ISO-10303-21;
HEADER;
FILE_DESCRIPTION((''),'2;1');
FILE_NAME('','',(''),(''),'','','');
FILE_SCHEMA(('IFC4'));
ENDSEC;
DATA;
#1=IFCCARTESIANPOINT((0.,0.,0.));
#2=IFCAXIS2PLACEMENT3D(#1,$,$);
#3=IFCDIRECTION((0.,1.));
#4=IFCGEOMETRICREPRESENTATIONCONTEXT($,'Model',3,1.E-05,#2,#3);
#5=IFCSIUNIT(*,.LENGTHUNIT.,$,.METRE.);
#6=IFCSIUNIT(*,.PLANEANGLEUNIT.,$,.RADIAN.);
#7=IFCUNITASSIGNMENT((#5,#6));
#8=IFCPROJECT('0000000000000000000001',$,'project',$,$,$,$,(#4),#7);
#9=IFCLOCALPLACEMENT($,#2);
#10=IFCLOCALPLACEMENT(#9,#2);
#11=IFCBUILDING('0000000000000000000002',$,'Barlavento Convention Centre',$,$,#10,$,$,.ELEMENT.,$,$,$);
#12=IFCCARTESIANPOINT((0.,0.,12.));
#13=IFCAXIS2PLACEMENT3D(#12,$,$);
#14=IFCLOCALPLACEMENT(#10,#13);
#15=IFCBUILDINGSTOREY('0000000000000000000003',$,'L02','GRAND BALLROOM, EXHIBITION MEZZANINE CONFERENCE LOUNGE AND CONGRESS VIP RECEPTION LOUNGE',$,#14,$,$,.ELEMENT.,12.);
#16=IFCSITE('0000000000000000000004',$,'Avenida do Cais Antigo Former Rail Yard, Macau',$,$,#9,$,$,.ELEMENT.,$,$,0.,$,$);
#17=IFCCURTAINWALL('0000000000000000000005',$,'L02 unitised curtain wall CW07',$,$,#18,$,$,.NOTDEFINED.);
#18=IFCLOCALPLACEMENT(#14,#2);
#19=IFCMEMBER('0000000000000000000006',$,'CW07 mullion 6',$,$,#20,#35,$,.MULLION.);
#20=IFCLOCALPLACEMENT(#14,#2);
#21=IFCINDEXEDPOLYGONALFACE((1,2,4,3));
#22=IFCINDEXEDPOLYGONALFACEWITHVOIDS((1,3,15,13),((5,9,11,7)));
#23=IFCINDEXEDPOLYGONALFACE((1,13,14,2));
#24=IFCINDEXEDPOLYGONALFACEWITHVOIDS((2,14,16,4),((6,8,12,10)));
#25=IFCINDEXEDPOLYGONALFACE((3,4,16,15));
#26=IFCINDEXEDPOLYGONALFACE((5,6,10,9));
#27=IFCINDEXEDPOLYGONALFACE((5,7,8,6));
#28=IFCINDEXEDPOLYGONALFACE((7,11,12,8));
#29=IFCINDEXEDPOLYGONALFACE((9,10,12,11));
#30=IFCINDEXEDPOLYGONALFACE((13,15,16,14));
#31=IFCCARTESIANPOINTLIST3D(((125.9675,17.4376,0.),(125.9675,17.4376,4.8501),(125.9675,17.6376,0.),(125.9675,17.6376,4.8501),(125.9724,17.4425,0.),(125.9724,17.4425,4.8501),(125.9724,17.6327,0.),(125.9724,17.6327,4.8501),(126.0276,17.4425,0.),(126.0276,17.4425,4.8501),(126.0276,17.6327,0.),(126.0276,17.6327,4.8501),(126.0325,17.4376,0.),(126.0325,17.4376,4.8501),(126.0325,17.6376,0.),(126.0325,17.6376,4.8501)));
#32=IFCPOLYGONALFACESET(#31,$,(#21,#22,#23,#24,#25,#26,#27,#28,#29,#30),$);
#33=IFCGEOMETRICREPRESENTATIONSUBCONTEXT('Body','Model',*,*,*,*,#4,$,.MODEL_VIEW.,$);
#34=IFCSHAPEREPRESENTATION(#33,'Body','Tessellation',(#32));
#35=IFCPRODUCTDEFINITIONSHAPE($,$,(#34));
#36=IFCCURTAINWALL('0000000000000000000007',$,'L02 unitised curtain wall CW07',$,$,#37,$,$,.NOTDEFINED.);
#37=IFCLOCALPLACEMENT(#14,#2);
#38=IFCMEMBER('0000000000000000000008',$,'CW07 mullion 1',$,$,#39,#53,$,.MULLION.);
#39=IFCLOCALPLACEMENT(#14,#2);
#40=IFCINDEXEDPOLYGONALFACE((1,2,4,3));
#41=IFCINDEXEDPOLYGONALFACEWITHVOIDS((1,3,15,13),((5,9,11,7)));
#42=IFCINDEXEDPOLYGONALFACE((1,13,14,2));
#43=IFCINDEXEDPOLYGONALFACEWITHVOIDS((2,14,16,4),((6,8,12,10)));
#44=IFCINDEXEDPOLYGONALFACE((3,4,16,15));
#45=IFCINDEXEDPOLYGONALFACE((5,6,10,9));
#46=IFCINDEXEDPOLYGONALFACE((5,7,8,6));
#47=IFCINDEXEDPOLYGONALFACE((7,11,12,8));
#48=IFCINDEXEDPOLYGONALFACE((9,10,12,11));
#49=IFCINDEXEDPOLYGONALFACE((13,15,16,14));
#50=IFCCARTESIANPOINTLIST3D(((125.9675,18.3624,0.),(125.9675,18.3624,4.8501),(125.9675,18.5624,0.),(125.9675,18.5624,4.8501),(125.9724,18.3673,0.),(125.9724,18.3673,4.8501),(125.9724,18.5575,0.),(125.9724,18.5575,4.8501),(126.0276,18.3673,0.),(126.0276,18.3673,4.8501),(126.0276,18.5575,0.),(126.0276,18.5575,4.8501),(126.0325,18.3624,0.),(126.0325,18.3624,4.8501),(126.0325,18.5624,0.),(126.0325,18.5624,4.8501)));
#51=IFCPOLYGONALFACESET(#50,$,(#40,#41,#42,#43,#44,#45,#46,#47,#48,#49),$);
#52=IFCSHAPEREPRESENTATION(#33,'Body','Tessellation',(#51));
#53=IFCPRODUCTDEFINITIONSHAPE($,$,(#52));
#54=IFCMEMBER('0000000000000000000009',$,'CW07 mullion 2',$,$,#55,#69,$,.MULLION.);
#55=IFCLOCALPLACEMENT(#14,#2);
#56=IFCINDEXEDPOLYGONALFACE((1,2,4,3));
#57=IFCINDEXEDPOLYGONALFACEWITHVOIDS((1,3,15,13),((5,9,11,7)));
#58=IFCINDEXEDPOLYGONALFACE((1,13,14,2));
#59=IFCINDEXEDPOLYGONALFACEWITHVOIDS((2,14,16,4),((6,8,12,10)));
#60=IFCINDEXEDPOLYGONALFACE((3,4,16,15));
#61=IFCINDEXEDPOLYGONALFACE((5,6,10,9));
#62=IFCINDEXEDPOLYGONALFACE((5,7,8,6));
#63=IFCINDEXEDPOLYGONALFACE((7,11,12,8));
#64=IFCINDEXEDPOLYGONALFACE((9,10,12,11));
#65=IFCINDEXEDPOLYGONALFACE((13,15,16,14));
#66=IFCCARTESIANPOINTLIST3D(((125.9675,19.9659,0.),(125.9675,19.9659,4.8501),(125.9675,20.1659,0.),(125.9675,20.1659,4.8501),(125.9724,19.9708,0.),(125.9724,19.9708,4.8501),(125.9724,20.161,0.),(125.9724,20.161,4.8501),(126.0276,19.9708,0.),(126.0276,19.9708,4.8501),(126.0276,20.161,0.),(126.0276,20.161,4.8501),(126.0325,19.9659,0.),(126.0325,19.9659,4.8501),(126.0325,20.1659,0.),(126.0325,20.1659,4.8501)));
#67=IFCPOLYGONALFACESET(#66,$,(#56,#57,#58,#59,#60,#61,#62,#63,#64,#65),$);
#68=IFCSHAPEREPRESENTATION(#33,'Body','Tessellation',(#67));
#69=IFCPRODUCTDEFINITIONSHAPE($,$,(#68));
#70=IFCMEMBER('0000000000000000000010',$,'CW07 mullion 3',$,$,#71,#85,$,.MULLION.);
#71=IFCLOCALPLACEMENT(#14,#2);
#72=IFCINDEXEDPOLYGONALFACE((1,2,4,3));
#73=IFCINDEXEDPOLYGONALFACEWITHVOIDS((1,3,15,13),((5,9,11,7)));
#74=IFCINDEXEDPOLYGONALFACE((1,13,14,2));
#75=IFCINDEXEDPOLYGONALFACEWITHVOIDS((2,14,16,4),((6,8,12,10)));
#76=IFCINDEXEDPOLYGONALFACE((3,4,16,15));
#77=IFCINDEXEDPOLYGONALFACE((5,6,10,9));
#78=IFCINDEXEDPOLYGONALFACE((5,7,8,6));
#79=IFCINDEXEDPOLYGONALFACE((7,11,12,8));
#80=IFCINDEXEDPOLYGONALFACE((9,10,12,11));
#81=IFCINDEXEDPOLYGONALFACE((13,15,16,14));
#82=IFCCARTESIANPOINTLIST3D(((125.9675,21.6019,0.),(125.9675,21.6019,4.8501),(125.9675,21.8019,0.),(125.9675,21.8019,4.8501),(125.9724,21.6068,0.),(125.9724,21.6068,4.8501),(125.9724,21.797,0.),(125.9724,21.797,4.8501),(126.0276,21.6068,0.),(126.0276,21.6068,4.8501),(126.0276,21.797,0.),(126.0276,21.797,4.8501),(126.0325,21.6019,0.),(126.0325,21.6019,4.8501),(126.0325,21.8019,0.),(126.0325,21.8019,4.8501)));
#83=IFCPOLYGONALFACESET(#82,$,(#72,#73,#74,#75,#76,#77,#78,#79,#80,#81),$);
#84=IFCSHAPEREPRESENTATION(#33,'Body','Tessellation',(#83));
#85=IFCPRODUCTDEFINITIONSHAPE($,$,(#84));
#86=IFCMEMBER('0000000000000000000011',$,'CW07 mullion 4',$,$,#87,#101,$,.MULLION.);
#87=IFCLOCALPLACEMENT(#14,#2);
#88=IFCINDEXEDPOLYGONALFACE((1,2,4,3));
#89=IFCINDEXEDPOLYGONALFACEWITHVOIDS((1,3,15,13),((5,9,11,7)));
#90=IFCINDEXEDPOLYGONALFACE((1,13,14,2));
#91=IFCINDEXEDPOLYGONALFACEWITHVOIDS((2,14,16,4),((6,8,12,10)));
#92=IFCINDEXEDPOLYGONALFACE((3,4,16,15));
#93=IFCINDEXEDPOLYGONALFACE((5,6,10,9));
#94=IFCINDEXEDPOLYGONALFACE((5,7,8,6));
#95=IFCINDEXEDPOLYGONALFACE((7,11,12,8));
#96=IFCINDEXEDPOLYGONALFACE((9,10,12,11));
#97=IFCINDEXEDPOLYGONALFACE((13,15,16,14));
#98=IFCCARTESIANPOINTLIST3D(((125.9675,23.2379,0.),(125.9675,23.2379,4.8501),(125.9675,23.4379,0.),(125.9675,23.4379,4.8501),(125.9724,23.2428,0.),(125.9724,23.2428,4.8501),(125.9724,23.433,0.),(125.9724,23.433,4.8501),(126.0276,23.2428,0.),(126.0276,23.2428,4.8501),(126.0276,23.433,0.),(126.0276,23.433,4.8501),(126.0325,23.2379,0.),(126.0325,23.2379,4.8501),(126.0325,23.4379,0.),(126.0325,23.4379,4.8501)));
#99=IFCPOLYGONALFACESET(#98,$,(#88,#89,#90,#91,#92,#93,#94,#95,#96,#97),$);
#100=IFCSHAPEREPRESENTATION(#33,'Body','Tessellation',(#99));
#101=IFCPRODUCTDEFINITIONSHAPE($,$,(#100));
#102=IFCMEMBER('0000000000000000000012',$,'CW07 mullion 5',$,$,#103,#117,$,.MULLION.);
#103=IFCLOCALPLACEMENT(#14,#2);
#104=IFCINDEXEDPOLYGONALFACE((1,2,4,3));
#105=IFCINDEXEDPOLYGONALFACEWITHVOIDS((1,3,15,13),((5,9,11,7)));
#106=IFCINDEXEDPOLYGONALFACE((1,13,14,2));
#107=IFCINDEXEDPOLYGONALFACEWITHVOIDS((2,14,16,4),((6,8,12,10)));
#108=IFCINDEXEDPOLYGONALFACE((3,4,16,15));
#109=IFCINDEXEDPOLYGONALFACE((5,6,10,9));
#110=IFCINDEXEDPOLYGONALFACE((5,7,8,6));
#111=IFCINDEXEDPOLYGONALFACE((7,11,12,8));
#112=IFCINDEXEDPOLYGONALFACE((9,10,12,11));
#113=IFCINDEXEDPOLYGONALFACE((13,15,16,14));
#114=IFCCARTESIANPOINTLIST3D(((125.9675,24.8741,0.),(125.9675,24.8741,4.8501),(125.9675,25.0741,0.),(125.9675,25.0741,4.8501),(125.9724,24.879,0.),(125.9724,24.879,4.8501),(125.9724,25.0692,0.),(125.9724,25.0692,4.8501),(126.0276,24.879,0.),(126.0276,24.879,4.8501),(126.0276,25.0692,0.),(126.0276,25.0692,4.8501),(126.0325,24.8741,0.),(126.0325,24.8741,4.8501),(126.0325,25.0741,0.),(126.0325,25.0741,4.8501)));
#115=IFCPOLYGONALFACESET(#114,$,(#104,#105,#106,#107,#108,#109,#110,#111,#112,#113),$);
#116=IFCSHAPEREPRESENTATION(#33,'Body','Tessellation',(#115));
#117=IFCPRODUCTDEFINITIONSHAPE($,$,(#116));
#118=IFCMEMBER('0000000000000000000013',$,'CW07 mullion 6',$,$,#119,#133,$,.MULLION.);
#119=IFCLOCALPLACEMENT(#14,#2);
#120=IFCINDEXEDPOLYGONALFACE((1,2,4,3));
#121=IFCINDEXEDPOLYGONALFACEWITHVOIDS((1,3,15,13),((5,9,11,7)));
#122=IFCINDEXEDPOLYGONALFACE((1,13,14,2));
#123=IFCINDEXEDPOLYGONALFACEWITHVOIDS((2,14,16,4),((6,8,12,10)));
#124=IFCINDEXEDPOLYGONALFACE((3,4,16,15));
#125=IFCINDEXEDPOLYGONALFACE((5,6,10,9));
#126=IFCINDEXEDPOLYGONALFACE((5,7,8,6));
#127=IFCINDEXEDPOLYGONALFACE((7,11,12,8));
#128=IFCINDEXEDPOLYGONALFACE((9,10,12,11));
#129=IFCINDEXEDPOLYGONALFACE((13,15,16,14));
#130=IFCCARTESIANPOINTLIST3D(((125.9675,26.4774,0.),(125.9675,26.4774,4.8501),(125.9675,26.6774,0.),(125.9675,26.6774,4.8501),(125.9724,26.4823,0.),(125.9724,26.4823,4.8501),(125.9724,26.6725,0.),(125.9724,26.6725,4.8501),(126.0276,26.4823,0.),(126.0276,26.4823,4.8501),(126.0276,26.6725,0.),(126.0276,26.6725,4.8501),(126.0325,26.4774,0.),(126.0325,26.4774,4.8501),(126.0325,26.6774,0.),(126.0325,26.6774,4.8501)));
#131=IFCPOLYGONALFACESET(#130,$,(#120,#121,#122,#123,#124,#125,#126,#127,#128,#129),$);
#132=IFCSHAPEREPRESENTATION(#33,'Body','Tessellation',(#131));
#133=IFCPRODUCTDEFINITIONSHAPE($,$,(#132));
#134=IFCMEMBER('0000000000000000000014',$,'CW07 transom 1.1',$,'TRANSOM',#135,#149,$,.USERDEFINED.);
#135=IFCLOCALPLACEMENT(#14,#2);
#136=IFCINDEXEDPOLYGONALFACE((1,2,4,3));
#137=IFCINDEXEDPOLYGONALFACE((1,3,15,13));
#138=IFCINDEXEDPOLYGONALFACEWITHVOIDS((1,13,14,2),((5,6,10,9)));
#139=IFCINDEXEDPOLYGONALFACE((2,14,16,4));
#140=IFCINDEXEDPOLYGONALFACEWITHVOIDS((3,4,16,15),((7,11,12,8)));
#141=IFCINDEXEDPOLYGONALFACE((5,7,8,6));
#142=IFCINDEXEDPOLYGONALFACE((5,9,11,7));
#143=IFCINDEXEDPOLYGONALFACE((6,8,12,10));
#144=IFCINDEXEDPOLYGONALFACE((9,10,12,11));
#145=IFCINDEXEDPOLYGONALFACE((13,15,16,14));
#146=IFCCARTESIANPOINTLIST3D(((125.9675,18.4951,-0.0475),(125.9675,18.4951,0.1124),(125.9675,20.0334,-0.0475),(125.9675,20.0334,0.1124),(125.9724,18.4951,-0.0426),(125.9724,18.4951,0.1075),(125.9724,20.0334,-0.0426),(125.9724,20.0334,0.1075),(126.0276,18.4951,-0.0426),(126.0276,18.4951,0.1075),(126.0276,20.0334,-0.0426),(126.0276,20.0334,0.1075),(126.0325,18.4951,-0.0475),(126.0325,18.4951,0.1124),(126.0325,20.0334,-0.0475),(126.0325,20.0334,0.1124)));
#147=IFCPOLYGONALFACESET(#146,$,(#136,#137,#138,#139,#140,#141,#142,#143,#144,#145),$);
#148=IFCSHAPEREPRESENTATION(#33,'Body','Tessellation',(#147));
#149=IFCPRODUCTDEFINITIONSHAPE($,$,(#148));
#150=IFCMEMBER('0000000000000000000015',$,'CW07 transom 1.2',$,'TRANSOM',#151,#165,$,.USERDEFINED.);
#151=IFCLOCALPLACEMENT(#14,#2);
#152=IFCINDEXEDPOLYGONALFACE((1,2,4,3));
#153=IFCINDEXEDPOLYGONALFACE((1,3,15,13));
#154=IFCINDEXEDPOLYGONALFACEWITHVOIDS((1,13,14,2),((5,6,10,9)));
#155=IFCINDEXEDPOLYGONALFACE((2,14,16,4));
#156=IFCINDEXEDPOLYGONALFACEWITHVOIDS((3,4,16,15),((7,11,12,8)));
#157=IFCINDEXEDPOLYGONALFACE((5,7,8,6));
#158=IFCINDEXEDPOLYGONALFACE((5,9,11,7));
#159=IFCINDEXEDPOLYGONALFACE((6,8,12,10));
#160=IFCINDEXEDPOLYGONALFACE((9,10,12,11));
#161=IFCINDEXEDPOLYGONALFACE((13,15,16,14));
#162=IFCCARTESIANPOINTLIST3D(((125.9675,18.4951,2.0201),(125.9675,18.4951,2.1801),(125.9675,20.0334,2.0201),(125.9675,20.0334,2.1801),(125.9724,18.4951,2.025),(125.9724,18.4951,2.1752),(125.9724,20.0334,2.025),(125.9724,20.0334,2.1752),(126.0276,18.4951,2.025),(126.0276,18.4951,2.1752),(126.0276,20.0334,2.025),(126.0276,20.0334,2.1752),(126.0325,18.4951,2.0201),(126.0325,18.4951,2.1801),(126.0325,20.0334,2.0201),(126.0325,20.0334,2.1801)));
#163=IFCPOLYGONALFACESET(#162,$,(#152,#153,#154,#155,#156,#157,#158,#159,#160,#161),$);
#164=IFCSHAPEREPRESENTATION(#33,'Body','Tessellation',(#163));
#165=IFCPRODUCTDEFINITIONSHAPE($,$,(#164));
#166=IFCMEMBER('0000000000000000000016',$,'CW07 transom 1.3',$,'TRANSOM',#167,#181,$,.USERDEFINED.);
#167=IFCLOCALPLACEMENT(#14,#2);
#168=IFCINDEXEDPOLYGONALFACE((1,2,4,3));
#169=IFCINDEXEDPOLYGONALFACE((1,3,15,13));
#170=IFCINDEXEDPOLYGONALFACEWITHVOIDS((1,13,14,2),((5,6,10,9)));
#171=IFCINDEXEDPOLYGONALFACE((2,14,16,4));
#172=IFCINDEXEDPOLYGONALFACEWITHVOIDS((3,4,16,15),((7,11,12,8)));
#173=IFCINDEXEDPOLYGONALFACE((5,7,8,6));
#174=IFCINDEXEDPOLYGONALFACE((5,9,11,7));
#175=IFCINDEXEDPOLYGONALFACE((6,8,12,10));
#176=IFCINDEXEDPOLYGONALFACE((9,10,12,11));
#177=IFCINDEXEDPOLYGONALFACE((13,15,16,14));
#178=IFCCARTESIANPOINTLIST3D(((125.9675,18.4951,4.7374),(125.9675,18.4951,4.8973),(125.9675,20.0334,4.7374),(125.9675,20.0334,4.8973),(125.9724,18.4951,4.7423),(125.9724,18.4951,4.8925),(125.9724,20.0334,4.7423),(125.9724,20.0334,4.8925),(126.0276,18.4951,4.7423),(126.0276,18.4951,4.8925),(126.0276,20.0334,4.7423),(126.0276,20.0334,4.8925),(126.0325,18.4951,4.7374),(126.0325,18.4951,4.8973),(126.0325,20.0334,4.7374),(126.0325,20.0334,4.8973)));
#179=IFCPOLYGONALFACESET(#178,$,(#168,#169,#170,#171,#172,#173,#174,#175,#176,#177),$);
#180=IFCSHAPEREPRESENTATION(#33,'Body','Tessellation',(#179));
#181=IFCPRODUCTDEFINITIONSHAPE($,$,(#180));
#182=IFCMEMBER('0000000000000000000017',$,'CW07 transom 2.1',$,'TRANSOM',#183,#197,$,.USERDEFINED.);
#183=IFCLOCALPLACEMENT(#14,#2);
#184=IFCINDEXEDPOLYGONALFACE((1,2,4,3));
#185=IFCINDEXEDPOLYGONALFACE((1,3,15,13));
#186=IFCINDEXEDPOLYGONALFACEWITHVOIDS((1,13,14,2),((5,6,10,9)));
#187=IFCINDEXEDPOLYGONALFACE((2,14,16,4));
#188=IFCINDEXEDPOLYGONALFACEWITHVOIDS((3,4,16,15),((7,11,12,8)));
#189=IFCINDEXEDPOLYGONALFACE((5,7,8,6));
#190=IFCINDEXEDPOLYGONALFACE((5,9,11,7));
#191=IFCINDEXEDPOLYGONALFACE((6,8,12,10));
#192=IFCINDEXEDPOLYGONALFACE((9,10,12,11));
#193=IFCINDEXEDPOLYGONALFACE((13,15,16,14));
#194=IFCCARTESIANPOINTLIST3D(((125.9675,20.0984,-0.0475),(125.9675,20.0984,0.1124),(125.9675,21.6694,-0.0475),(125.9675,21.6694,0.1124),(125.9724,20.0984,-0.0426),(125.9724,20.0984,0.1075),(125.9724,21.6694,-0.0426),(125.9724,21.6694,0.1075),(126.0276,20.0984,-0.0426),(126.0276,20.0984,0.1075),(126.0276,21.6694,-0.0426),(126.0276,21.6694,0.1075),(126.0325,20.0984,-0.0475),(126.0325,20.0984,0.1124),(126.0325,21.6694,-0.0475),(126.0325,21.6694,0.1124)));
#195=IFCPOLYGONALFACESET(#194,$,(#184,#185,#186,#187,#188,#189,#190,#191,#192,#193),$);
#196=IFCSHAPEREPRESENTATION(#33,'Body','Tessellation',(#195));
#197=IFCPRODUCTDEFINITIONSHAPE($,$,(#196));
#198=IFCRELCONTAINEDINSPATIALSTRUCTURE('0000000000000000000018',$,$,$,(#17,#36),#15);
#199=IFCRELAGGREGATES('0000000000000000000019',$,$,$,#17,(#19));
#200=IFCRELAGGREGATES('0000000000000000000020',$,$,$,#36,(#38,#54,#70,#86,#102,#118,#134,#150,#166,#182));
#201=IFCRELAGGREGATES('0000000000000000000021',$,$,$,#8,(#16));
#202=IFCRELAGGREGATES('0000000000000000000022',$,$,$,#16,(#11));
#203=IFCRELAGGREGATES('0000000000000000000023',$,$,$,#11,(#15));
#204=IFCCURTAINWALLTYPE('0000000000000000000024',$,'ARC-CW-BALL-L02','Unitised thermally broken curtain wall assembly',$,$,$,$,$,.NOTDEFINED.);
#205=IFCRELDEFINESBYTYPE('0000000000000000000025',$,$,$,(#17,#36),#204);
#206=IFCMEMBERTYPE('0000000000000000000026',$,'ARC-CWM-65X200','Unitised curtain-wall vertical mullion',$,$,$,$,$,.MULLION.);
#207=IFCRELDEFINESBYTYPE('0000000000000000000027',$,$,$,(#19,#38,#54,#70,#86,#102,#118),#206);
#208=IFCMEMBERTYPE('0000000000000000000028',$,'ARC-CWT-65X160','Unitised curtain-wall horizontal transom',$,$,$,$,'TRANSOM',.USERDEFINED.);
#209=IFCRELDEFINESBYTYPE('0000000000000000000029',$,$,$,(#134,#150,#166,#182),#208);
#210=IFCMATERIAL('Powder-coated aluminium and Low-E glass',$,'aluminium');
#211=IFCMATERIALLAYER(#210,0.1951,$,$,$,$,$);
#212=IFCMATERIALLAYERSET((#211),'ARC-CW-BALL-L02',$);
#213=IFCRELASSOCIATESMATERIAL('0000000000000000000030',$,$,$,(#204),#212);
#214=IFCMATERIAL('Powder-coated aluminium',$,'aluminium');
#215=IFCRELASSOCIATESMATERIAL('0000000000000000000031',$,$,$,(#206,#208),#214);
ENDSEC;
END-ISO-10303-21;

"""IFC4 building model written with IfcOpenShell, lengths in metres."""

from ifc_helpers import new_model, si_unit, direction, frame, origin, origin_2d, place, context, subcontext, project, spatial, hollow_rectangle, extrude, material, layer, layer_set, material_profile, profile_set, type_object, element, aggregate, save


model = new_model("IFC4")

# Units and contexts
model_context = context("Model", 3, precision=1e-05, world=origin(), true_north=direction((0.0, 1.0)))
body_context = subcontext(model_context, "Body", "Model", "MODEL_VIEW")
ifc_project = project(units=[si_unit("LENGTHUNIT", "METRE"), si_unit("PLANEANGLEUNIT", "RADIAN")], contexts=[model_context])

# Site, building, storey
site_placement = place(None, origin())
site = spatial("IfcSite", under=ifc_project, at=site_placement, Name="Avenida do Cais Antigo Former Rail Yard, Macau", CompositionType="ELEMENT", RefElevation=0.0)
building_placement = place(site_placement, origin())
building = spatial("IfcBuilding", under=site, at=building_placement, Name="Barlavento Convention Centre", CompositionType="ELEMENT")
storey_placement = place(building_placement, frame((0.0, 0.0, 12.0)))
storey = spatial("IfcBuildingStorey", under=building, at=storey_placement, Name="L02", Description="GRAND BALLROOM, EXHIBITION MEZZANINE CONFERENCE LOUNGE AND CONGRESS VIP RECEPTION LOUNGE", CompositionType="ELEMENT", Elevation=12.0)

# Curtain wall, member
ifc_material_1 = material(Name="Powder-coated aluminium and Low-E glass", Category="aluminium")
ifc_layer_1 = layer(ifc_material_1, 0.1951)
ifc_layer_set_1 = layer_set([ifc_layer_1], Name="ARC-CW-BALL-L02")
curtain_wall_type = type_object("IfcCurtainWallType", Name="ARC-CW-BALL-L02", Description="Unitised thermally broken curtain wall assembly", PredefinedType="NOTDEFINED", material=ifc_layer_set_1)
curtain_wall_1_placement = place(storey_placement, origin())
curtain_wall_1 = element("IfcCurtainWall", 1, at=curtain_wall_1_placement, inside=storey, type_object=curtain_wall_type, Name="L02 unitised curtain wall CW07", PredefinedType="NOTDEFINED")
ifc_material_2 = material(Name="Powder-coated aluminium", Category="aluminium")
ifc_material_profile_1 = material_profile(ifc_material_2, hollow_rectangle(XDim=0.0649, YDim=0.2, WallThickness=0.0049, at=origin_2d()), Name="AL-MULL 65x200x5")
ifc_profile_set_1 = profile_set([ifc_material_profile_1], Name="Powder-coated aluminium")
member_type_1 = type_object("IfcMemberType", Name="ARC-CWM-65X200", Description="Unitised curtain-wall vertical mullion", PredefinedType="MULLION", material=ifc_profile_set_1)
member_1_placement = place(storey_placement, frame((126.0, 17.5376, 0.0), z_axis=(0.0, 0.0, 1.0), x_axis=(-1.0, 0.0, 0.0)))
member_1 = element("IfcMember", 2, at=member_1_placement, type_object=member_type_1, Name="CW07 mullion 6", PredefinedType="MULLION", context=body_context, shape_type="SweptSolid", body=[
    extrude(hollow_rectangle(XDim=0.0649, YDim=0.2, WallThickness=0.0049, at=origin_2d()), origin(), (0.0, 0.0, 1.0), 4.8501),
])

# Curtain wall, members
curtain_wall_2_placement = place(storey_placement, origin())
curtain_wall_2 = element("IfcCurtainWall", 3, at=curtain_wall_2_placement, inside=storey, type_object=curtain_wall_type, Name="L02 unitised curtain wall CW07", PredefinedType="NOTDEFINED")
member_2_placement = place(storey_placement, frame((126.0, 18.4624, 0.0), z_axis=(0.0, 0.0, 1.0), x_axis=(-1.0, 0.0, 0.0)))
member_2 = element("IfcMember", 4, at=member_2_placement, type_object=member_type_1, Name="CW07 mullion 1", PredefinedType="MULLION", context=body_context, shape_type="SweptSolid", body=[
    extrude(hollow_rectangle(XDim=0.0649, YDim=0.2, WallThickness=0.0049, at=origin_2d()), origin(), (0.0, 0.0, 1.0), 4.8501),
])
member_3_placement = place(storey_placement, frame((126.0, 20.0659, 0.0), z_axis=(0.0, 0.0, 1.0), x_axis=(-1.0, 0.0, 0.0)))
member_3 = element("IfcMember", 5, at=member_3_placement, type_object=member_type_1, Name="CW07 mullion 2", PredefinedType="MULLION", context=body_context, shape_type="SweptSolid", body=[
    extrude(hollow_rectangle(XDim=0.0649, YDim=0.2, WallThickness=0.0049, at=origin_2d()), origin(), (0.0, 0.0, 1.0), 4.8501),
])
member_4_placement = place(storey_placement, frame((126.0, 21.7019, 0.0), z_axis=(0.0, 0.0, 1.0), x_axis=(-1.0, 0.0, 0.0)))
member_4 = element("IfcMember", 6, at=member_4_placement, type_object=member_type_1, Name="CW07 mullion 3", PredefinedType="MULLION", context=body_context, shape_type="SweptSolid", body=[
    extrude(hollow_rectangle(XDim=0.0649, YDim=0.2, WallThickness=0.0049, at=origin_2d()), origin(), (0.0, 0.0, 1.0), 4.8501),
])
member_5_placement = place(storey_placement, frame((126.0, 23.3379, 0.0), z_axis=(0.0, 0.0, 1.0), x_axis=(-1.0, 0.0, 0.0)))
member_5 = element("IfcMember", 7, at=member_5_placement, type_object=member_type_1, Name="CW07 mullion 4", PredefinedType="MULLION", context=body_context, shape_type="SweptSolid", body=[
    extrude(hollow_rectangle(XDim=0.0649, YDim=0.2, WallThickness=0.0049, at=origin_2d()), origin(), (0.0, 0.0, 1.0), 4.8501),
])
member_6_placement = place(storey_placement, frame((126.0, 24.9741, 0.0), z_axis=(0.0, 0.0, 1.0), x_axis=(-1.0, 0.0, 0.0)))
member_6 = element("IfcMember", 8, at=member_6_placement, type_object=member_type_1, Name="CW07 mullion 5", PredefinedType="MULLION", context=body_context, shape_type="SweptSolid", body=[
    extrude(hollow_rectangle(XDim=0.0649, YDim=0.2, WallThickness=0.0049, at=origin_2d()), origin(), (0.0, 0.0, 1.0), 4.8501),
])
member_7_placement = place(storey_placement, frame((126.0, 26.5774, 0.0), z_axis=(0.0, 0.0, 1.0), x_axis=(-1.0, 0.0, 0.0)))
member_7 = element("IfcMember", 9, at=member_7_placement, type_object=member_type_1, Name="CW07 mullion 6", PredefinedType="MULLION", context=body_context, shape_type="SweptSolid", body=[
    extrude(hollow_rectangle(XDim=0.0649, YDim=0.2, WallThickness=0.0049, at=origin_2d()), origin(), (0.0, 0.0, 1.0), 4.8501),
])
ifc_material_profile_2 = material_profile(ifc_material_2, hollow_rectangle(XDim=0.0649, YDim=0.1599, WallThickness=0.0049, at=origin_2d()), Name="AL-TRAN 65x160x5")
ifc_profile_set_2 = profile_set([ifc_material_profile_2], Name="Powder-coated aluminium")
member_type_2 = type_object("IfcMemberType", Name="ARC-CWT-65X160", Description="Unitised curtain-wall horizontal transom", ElementType="TRANSOM", PredefinedType="USERDEFINED", material=ifc_profile_set_2)
member_8_placement = place(storey_placement, frame((126.0, 18.4951, 0.0325), z_axis=(0.0, 1.0, 0.0), x_axis=(-1.0, 0.0, 0.0)))
member_8 = element("IfcMember", 10, at=member_8_placement, type_object=member_type_2, Name="CW07 transom 1.1", ObjectType="TRANSOM", PredefinedType="USERDEFINED", context=body_context, shape_type="SweptSolid", body=[
    extrude(hollow_rectangle(XDim=0.0649, YDim=0.1599, WallThickness=0.0049, at=origin_2d()), origin(), (0.0, 0.0, 1.0), 1.5383),
])
member_9_placement = place(storey_placement, frame((126.0, 18.4951, 2.1001), z_axis=(0.0, 1.0, 0.0), x_axis=(-1.0, 0.0, 0.0)))
member_9 = element("IfcMember", 11, at=member_9_placement, type_object=member_type_2, Name="CW07 transom 1.2", ObjectType="TRANSOM", PredefinedType="USERDEFINED", context=body_context, shape_type="SweptSolid", body=[
    extrude(hollow_rectangle(XDim=0.0649, YDim=0.1599, WallThickness=0.0049, at=origin_2d()), origin(), (0.0, 0.0, 1.0), 1.5383),
])
member_10_placement = place(storey_placement, frame((126.0, 18.4951, 4.8174), z_axis=(0.0, 1.0, 0.0), x_axis=(-1.0, 0.0, 0.0)))
member_10 = element("IfcMember", 12, at=member_10_placement, type_object=member_type_2, Name="CW07 transom 1.3", ObjectType="TRANSOM", PredefinedType="USERDEFINED", context=body_context, shape_type="SweptSolid", body=[
    extrude(hollow_rectangle(XDim=0.0649, YDim=0.1599, WallThickness=0.0049, at=origin_2d()), origin(), (0.0, 0.0, 1.0), 1.5383),
])
member_11_placement = place(storey_placement, frame((126.0, 20.0984, 0.0325), z_axis=(0.0, 1.0, 0.0), x_axis=(-1.0, 0.0, 0.0)))
member_11 = element("IfcMember", 13, at=member_11_placement, type_object=member_type_2, Name="CW07 transom 2.1", ObjectType="TRANSOM", PredefinedType="USERDEFINED", context=body_context, shape_type="SweptSolid", body=[
    extrude(hollow_rectangle(XDim=0.0649, YDim=0.1599, WallThickness=0.0049, at=origin_2d()), origin(), (0.0, 0.0, 1.0), 1.571),
])

aggregate(curtain_wall_1, [member_1])
aggregate(curtain_wall_2, [member_2, member_3, member_4, member_5, member_6, member_7, member_8, member_9, member_10, member_11])

save(model, "model.ifc")
